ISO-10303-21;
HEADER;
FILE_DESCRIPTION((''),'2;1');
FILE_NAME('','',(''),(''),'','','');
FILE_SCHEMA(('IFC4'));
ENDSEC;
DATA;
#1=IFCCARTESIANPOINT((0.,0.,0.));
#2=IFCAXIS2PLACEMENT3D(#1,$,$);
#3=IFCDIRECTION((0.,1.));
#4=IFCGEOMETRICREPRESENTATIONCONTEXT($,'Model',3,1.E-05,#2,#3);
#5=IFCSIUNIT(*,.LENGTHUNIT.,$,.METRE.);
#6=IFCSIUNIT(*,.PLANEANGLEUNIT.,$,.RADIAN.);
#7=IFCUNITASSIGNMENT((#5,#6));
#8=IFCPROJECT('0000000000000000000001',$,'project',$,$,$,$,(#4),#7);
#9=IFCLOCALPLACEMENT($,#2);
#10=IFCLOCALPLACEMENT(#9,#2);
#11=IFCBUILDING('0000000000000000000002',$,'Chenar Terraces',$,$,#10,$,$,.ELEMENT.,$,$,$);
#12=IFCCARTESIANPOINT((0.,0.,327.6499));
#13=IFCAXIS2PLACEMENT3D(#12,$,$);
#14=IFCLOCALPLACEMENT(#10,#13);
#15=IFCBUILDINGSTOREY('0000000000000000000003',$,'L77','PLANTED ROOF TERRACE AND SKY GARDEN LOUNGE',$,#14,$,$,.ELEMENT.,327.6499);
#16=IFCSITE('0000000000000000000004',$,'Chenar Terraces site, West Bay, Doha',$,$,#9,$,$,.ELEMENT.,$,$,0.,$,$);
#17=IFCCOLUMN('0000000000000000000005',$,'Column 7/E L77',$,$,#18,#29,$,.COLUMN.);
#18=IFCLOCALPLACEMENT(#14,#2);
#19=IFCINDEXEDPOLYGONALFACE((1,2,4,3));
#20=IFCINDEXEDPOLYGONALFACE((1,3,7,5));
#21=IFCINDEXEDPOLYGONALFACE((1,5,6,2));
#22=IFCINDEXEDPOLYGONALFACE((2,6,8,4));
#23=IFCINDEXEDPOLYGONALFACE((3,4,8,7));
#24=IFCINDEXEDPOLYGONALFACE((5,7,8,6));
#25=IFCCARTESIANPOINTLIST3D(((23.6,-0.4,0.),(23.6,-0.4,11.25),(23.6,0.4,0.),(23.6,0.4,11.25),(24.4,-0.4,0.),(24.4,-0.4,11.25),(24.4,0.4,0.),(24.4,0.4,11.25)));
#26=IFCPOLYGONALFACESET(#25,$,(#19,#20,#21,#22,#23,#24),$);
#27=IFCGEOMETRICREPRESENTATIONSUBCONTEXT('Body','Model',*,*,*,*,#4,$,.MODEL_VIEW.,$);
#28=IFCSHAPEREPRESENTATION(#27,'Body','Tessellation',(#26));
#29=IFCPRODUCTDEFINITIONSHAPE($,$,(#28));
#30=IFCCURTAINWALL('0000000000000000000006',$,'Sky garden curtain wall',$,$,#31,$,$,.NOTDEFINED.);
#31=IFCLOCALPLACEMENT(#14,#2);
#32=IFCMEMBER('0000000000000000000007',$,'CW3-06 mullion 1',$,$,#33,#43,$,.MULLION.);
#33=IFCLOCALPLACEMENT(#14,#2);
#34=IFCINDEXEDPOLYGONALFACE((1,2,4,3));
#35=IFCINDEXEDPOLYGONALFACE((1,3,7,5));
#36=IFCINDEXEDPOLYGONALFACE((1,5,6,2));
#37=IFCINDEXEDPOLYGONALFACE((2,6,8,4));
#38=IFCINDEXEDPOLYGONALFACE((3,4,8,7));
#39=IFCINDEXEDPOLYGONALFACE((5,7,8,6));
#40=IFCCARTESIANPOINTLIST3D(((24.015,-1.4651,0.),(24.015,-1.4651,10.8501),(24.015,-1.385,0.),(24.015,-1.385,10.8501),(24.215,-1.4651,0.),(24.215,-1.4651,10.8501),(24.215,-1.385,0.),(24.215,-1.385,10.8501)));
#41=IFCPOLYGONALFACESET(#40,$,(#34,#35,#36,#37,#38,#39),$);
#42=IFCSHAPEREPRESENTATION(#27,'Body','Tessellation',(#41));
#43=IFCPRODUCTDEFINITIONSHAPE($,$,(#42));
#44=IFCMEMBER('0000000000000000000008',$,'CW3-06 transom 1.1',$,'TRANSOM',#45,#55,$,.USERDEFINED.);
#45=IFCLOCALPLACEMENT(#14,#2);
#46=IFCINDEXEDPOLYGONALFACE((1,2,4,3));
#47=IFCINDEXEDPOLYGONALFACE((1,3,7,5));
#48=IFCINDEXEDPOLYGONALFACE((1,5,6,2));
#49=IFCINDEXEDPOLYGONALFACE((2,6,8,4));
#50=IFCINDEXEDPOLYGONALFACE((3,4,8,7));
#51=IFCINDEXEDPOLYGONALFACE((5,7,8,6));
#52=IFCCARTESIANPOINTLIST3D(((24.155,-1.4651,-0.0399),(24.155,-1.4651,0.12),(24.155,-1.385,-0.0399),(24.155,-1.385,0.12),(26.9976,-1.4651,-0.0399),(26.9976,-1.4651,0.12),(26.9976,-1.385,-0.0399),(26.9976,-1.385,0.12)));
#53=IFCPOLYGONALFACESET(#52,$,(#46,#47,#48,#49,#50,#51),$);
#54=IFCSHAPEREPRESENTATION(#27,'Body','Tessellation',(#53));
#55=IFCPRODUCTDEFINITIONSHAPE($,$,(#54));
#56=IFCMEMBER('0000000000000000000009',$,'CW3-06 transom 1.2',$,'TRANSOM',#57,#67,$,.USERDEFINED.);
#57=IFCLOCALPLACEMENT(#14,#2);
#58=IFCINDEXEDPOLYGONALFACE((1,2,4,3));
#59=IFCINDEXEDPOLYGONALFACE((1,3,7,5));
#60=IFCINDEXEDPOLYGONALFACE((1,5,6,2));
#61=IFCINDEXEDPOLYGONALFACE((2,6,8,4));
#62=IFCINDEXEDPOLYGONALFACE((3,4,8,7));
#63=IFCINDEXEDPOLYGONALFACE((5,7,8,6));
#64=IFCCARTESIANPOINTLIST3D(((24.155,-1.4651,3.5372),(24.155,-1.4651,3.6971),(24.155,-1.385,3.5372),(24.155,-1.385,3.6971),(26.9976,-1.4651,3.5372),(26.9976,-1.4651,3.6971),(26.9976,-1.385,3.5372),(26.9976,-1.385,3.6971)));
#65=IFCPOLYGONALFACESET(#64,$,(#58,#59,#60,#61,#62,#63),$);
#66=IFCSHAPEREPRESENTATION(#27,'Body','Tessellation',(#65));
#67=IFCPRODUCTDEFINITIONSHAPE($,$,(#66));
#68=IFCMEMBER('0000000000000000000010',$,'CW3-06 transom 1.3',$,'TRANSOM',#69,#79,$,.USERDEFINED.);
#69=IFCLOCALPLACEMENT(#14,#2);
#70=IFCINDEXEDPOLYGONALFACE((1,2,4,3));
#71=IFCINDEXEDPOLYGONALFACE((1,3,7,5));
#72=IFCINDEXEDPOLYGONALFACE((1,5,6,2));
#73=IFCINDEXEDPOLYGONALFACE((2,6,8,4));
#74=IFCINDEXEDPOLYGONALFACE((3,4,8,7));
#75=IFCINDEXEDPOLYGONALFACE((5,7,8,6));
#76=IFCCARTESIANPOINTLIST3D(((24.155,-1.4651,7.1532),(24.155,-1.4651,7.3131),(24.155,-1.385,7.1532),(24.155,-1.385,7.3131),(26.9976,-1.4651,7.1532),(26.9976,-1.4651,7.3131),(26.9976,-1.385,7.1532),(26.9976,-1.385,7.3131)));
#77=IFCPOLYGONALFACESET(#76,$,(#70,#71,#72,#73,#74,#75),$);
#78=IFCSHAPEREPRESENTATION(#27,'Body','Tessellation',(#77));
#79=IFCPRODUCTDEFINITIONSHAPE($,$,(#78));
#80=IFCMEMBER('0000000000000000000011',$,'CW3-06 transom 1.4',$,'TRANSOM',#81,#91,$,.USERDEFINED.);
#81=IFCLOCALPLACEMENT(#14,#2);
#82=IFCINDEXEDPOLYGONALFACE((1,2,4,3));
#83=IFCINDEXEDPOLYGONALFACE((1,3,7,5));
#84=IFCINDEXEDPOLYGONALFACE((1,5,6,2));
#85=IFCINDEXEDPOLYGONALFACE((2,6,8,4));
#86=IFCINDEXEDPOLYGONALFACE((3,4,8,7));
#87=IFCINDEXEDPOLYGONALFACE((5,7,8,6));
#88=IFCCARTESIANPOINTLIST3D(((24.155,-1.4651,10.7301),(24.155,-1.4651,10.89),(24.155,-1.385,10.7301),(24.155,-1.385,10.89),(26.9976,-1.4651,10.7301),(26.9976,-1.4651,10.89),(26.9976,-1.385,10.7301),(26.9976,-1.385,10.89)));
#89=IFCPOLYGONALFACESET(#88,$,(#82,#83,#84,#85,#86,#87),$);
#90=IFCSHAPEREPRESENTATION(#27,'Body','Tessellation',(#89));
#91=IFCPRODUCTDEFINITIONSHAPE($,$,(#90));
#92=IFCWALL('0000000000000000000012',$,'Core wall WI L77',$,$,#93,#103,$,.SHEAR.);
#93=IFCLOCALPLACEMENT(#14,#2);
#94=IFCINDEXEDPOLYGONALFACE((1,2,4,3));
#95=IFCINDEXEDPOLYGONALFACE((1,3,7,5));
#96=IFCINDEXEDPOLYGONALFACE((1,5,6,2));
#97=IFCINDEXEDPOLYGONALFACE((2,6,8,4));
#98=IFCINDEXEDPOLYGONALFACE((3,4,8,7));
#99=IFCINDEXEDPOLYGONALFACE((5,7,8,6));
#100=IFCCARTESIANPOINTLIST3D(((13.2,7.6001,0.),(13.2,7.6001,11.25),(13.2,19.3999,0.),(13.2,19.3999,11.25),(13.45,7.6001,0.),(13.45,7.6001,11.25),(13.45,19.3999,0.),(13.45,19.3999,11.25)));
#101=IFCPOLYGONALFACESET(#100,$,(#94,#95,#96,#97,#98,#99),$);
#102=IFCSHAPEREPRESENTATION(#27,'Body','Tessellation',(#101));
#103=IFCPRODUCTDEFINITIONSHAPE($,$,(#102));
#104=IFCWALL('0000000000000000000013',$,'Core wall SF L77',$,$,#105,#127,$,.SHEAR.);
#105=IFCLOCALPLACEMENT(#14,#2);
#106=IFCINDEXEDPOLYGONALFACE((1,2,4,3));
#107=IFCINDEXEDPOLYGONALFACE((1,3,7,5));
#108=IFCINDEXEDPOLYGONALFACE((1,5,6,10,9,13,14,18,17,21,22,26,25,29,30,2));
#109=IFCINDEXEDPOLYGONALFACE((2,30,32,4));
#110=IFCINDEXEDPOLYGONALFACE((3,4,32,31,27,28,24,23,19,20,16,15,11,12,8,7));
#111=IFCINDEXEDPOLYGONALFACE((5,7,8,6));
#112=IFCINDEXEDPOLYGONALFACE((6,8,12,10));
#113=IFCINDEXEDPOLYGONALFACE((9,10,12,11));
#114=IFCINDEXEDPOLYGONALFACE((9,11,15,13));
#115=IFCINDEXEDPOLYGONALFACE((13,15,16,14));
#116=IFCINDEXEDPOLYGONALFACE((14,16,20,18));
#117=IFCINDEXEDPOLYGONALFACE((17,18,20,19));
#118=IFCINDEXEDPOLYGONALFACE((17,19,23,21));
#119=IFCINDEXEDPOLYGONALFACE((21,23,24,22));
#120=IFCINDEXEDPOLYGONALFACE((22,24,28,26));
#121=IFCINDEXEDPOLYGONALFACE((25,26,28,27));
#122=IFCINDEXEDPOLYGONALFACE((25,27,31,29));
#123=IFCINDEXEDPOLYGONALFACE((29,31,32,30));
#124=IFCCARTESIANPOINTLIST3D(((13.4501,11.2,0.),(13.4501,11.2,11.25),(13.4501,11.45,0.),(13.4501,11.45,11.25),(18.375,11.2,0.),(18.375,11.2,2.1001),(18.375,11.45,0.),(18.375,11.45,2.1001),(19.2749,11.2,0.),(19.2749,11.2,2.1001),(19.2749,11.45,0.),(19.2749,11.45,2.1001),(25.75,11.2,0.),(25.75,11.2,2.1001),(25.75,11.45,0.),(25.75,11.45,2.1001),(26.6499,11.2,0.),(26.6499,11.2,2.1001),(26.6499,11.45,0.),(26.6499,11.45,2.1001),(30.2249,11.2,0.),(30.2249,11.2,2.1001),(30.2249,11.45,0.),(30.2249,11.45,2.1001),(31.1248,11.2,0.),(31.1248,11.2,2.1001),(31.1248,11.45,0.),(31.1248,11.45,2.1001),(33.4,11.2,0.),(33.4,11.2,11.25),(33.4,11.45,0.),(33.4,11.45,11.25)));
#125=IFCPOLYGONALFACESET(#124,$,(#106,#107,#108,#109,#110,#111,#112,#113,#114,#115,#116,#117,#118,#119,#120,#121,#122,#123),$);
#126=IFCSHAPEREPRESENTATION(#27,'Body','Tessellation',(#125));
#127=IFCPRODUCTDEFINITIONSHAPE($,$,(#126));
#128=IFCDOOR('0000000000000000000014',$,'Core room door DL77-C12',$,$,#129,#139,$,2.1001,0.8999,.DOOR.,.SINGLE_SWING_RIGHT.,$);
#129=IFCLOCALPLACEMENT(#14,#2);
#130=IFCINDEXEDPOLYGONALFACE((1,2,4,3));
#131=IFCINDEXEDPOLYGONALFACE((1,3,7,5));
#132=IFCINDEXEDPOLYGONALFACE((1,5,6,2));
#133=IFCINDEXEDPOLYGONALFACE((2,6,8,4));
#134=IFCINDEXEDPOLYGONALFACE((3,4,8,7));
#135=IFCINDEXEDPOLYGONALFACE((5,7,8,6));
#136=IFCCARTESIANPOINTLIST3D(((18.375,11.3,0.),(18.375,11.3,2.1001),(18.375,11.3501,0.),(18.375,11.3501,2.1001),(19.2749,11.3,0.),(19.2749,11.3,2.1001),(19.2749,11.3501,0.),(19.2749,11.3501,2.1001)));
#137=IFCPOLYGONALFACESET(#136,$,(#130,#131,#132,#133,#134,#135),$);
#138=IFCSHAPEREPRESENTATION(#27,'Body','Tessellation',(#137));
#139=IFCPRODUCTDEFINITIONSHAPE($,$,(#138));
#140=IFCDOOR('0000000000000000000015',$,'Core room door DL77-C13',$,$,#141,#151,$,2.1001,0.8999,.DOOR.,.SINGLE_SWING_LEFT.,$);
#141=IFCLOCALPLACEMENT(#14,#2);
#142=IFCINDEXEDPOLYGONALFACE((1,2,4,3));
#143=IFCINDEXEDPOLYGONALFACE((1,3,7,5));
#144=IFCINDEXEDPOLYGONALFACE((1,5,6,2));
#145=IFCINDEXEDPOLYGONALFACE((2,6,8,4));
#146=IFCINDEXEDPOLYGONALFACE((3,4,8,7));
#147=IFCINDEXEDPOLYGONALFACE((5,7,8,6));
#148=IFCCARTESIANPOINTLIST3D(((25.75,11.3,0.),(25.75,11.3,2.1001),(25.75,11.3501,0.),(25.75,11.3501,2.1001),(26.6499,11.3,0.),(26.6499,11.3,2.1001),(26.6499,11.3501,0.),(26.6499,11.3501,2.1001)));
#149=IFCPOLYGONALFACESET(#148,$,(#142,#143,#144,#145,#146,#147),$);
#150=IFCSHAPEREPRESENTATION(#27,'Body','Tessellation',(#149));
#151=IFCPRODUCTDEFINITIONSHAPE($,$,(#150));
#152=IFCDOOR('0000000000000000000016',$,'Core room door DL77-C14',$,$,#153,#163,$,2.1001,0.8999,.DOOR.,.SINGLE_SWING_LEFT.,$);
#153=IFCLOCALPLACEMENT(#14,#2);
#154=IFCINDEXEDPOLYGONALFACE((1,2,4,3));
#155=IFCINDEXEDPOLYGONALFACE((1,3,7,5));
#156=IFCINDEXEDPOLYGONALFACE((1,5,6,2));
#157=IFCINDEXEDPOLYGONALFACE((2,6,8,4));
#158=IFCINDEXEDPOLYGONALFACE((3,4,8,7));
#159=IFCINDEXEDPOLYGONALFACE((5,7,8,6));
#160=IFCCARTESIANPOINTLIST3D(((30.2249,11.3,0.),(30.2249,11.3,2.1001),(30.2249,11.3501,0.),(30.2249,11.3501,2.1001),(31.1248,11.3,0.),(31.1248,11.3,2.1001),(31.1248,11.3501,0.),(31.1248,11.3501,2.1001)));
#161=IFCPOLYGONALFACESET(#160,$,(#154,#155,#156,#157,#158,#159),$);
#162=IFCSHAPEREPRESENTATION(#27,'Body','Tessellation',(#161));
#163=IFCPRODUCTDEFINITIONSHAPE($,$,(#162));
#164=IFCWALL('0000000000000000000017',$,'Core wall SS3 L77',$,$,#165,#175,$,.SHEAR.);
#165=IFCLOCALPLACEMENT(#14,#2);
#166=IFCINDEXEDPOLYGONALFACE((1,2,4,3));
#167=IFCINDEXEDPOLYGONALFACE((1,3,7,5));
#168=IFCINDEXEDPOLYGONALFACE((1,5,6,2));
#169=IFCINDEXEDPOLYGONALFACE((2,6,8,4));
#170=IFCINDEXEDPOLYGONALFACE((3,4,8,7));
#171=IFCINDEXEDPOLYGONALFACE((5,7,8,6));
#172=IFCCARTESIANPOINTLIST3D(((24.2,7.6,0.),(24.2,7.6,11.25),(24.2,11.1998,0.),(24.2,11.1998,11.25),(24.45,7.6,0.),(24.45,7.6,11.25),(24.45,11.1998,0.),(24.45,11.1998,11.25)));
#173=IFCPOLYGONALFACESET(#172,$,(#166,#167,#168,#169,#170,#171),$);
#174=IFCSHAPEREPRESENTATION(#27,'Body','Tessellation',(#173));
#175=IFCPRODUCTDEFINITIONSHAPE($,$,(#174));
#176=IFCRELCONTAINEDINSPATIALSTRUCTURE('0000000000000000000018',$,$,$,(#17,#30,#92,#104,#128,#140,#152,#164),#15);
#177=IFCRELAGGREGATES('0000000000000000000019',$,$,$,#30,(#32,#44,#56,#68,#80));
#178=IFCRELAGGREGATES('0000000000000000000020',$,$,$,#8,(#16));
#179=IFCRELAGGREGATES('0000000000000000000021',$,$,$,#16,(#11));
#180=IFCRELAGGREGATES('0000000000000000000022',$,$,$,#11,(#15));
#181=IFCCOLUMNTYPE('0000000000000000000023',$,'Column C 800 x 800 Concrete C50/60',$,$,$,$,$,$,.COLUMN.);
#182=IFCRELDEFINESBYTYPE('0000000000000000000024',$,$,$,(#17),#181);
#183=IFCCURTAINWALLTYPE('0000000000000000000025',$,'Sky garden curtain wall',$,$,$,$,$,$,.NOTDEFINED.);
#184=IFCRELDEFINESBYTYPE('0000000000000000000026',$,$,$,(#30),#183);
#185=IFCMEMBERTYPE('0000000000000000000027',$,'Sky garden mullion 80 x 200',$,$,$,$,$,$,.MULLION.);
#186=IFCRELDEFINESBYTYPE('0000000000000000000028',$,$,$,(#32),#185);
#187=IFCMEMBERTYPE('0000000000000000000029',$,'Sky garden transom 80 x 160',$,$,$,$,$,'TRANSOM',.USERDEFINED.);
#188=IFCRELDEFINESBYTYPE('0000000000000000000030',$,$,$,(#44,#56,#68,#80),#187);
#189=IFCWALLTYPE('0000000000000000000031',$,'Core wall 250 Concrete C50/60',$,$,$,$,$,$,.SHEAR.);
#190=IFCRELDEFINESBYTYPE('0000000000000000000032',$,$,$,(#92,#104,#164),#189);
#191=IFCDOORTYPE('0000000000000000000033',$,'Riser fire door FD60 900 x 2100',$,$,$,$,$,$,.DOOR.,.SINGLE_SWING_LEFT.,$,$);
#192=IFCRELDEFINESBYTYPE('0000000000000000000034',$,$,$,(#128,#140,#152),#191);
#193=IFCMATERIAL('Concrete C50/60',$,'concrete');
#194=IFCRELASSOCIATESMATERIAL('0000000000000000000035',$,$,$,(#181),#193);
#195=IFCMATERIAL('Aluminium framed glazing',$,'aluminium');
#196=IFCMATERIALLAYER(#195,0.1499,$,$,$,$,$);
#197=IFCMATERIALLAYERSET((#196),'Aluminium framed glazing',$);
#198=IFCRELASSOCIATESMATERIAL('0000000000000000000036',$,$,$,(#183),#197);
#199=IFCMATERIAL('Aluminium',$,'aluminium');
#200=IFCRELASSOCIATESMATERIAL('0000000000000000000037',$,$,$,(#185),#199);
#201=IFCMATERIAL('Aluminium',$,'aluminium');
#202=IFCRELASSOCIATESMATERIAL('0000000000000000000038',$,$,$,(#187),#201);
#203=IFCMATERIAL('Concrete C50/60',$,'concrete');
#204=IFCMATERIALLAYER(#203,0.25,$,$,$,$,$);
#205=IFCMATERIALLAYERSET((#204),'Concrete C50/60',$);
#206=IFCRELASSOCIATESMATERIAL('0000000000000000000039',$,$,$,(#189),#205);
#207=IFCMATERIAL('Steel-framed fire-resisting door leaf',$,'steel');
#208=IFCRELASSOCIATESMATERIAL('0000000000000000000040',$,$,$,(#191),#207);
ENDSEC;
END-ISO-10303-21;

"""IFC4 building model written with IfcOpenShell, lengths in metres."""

from ifc_helpers import new_model, si_unit, direction, frame, frame_2d, origin, origin_2d, place, context, subcontext, project, spatial, rectangle, extrude, material, layer, layer_set, material_profile, profile_set, type_object, element, fill, aggregate, save


model = new_model("IFC4")

# Units and contexts
model_context = context("Model", 3, precision=1e-05, world=origin(), true_north=direction((0.0, 1.0)))
body_context = subcontext(model_context, "Body", "Model", "MODEL_VIEW")
ifc_project = project(units=[si_unit("LENGTHUNIT", "METRE"), si_unit("PLANEANGLEUNIT", "RADIAN")], contexts=[model_context])

# Site, building, storey
site_placement = place(None, origin())
site = spatial("IfcSite", under=ifc_project, at=site_placement, Name="Chenar Terraces site, West Bay, Doha", CompositionType="ELEMENT", RefElevation=0.0)
building_placement = place(site_placement, origin())
building = spatial("IfcBuilding", under=site, at=building_placement, Name="Chenar Terraces", CompositionType="ELEMENT")
storey_placement = place(building_placement, frame((0.0, 0.0, 327.6499)))
storey = spatial("IfcBuildingStorey", under=building, at=storey_placement, Name="L77", Description="PLANTED ROOF TERRACE AND SKY GARDEN LOUNGE", CompositionType="ELEMENT", Elevation=327.6499)

# Column
ifc_material_1 = material(Name="Concrete C50/60", Category="concrete")
ifc_material_profile_1 = material_profile(ifc_material_1, rectangle(XDim=0.8, YDim=0.8, at=origin_2d()), Name="C 800 x 800")
ifc_profile_set_1 = profile_set([ifc_material_profile_1], Name="Concrete C50/60")
column_type = type_object("IfcColumnType", Name="Column C 800 x 800 Concrete C50/60", PredefinedType="COLUMN", material=ifc_profile_set_1)
column_placement = place(storey_placement, frame((24.0, 0.0, 0.0), z_axis=(0.0, 0.0, 1.0), x_axis=(1.0, 0.0, 0.0)))
element("IfcColumn", 1, at=column_placement, inside=storey, type_object=column_type, Name="Column 7/E L77", PredefinedType="COLUMN", context=body_context, shape_type="SweptSolid", body=[
    extrude(rectangle(XDim=0.8, YDim=0.8, at=origin_2d()), origin(), (0.0, 0.0, 1.0), 11.25),
])

# Curtain wall, members
ifc_material_2 = material(Name="Aluminium framed glazing", Category="aluminium")
ifc_layer_1 = layer(ifc_material_2, 0.1499)
ifc_layer_set_1 = layer_set([ifc_layer_1], Name="Aluminium framed glazing")
curtain_wall_type = type_object("IfcCurtainWallType", Name="Sky garden curtain wall", PredefinedType="NOTDEFINED", material=ifc_layer_set_1)
curtain_wall_placement = place(storey_placement, origin())
curtain_wall = element("IfcCurtainWall", 2, at=curtain_wall_placement, inside=storey, type_object=curtain_wall_type, Name="Sky garden curtain wall", PredefinedType="NOTDEFINED")
ifc_material_3 = material(Name="Aluminium", Category="aluminium")
ifc_material_profile_2 = material_profile(ifc_material_3, rectangle(XDim=0.0801, YDim=0.2, at=origin_2d()), Name="Sky garden mullion 80 x 200")
ifc_profile_set_2 = profile_set([ifc_material_profile_2], Name="Aluminium")
member_type_1 = type_object("IfcMemberType", Name="Sky garden mullion 80 x 200", PredefinedType="MULLION", material=ifc_profile_set_2)
member_1_placement = place(storey_placement, frame((24.115, -1.425, 0.0), z_axis=(0.0, 0.0, 1.0), x_axis=(0.0, 1.0, 0.0)))
member_1 = element("IfcMember", 3, at=member_1_placement, type_object=member_type_1, Name="CW3-06 mullion 1", PredefinedType="MULLION", context=body_context, shape_type="SweptSolid", body=[
    extrude(rectangle(XDim=0.0801, YDim=0.2, at=origin_2d()), origin(), (0.0, 0.0, 1.0), 10.8501),
])
ifc_material_4 = material(Name="Aluminium", Category="aluminium")
ifc_material_profile_3 = material_profile(ifc_material_4, rectangle(XDim=0.0801, YDim=0.1599, at=origin_2d()), Name="Sky garden transom 80 x 160")
ifc_profile_set_3 = profile_set([ifc_material_profile_3], Name="Aluminium")
member_type_2 = type_object("IfcMemberType", Name="Sky garden transom 80 x 160", ElementType="TRANSOM", PredefinedType="USERDEFINED", material=ifc_profile_set_3)
member_2_placement = place(storey_placement, frame((24.155, -1.425, 0.04), z_axis=(1.0, 0.0, 0.0), x_axis=(0.0, 1.0, 0.0)))
member_2 = element("IfcMember", 4, at=member_2_placement, type_object=member_type_2, Name="CW3-06 transom 1.1", ObjectType="TRANSOM", PredefinedType="USERDEFINED", context=body_context, shape_type="SweptSolid", body=[
    extrude(rectangle(XDim=0.0801, YDim=0.1599, at=origin_2d()), origin(), (0.0, 0.0, 1.0), 2.8425),
])
member_3_placement = place(storey_placement, frame((24.155, -1.425, 3.6172), z_axis=(1.0, 0.0, 0.0), x_axis=(0.0, 1.0, 0.0)))
member_3 = element("IfcMember", 5, at=member_3_placement, type_object=member_type_2, Name="CW3-06 transom 1.2", ObjectType="TRANSOM", PredefinedType="USERDEFINED", context=body_context, shape_type="SweptSolid", body=[
    extrude(rectangle(XDim=0.0801, YDim=0.1599, at=origin_2d()), origin(), (0.0, 0.0, 1.0), 2.8425),
])
member_4_placement = place(storey_placement, frame((24.155, -1.425, 7.2332), z_axis=(1.0, 0.0, 0.0), x_axis=(0.0, 1.0, 0.0)))
member_4 = element("IfcMember", 6, at=member_4_placement, type_object=member_type_2, Name="CW3-06 transom 1.3", ObjectType="TRANSOM", PredefinedType="USERDEFINED", context=body_context, shape_type="SweptSolid", body=[
    extrude(rectangle(XDim=0.0801, YDim=0.1599, at=origin_2d()), origin(), (0.0, 0.0, 1.0), 2.8425),
])
member_5_placement = place(storey_placement, frame((24.155, -1.425, 10.8101), z_axis=(1.0, 0.0, 0.0), x_axis=(0.0, 1.0, 0.0)))
member_5 = element("IfcMember", 7, at=member_5_placement, type_object=member_type_2, Name="CW3-06 transom 1.4", ObjectType="TRANSOM", PredefinedType="USERDEFINED", context=body_context, shape_type="SweptSolid", body=[
    extrude(rectangle(XDim=0.0801, YDim=0.1599, at=origin_2d()), origin(), (0.0, 0.0, 1.0), 2.8425),
])
aggregate(curtain_wall, [member_1, member_2, member_3, member_4, member_5])

# Wall
ifc_material_5 = material(Name="Concrete C50/60", Category="concrete")
ifc_layer_2 = layer(ifc_material_5, 0.25)
ifc_layer_set_2 = layer_set([ifc_layer_2], Name="Concrete C50/60")
wall_type_1 = type_object("IfcWallType", Name="Core wall 250 Concrete C50/60", PredefinedType="SHEAR", material=ifc_layer_set_2)
wall_1_placement = place(storey_placement, frame((13.325, 7.6001, 0.0), z_axis=(0.0, 0.0, 1.0), x_axis=(0.0, 1.0, 0.0)))
element("IfcWall", 8, at=wall_1_placement, inside=storey, type_object=wall_type_1, Name="Core wall WI L77", PredefinedType="SHEAR", context=body_context, shape_type="SweptSolid", body=[
    extrude(rectangle(XDim=11.7998, YDim=0.25, at=frame_2d((5.8999, 0.0))), origin(), (0.0, 0.0, 1.0), 11.25),
])

# Wall, openings, doors
wall_2_placement = place(storey_placement, frame((13.45, 11.325, 0.0), z_axis=(0.0, 0.0, 1.0), x_axis=(1.0, 0.0, 0.0)))
wall_2 = element("IfcWall", 9, at=wall_2_placement, inside=storey, type_object=wall_type_1, Name="Core wall SF L77", PredefinedType="SHEAR", context=body_context, shape_type="SweptSolid", body=[
    extrude(rectangle(XDim=19.95, YDim=0.25, at=frame_2d((9.9751, 0.0))), origin(), (0.0, 0.0, 1.0), 11.25),
])
opening_1_placement = place(wall_2_placement, frame((4.925, 0.0, 0.0)))
opening_1 = element("IfcOpeningElement", 10, at=opening_1_placement, cuts=wall_2, PredefinedType="OPENING", context=body_context, shape_type="SweptSolid", body=[
    extrude(rectangle(XDim=0.8999, YDim=2.1001, at=frame_2d((0.45, 1.05))), frame((0.0, 0.135, 0.0), z_axis=(0.0, -1.0, 0.0), x_axis=(1.0, 0.0, 0.0)), (0.0, 0.0, 1.0), 0.27),
])
opening_2_placement = place(wall_2_placement, frame((12.3, 0.0, 0.0)))
opening_2 = element("IfcOpeningElement", 11, at=opening_2_placement, cuts=wall_2, PredefinedType="OPENING", context=body_context, shape_type="SweptSolid", body=[
    extrude(rectangle(XDim=0.8999, YDim=2.1001, at=frame_2d((0.45, 1.05))), frame((0.0, 0.135, 0.0), z_axis=(0.0, -1.0, 0.0), x_axis=(1.0, 0.0, 0.0)), (0.0, 0.0, 1.0), 0.27),
])
opening_3_placement = place(wall_2_placement, frame((16.7749, 0.0, 0.0)))
opening_3 = element("IfcOpeningElement", 12, at=opening_3_placement, cuts=wall_2, PredefinedType="OPENING", context=body_context, shape_type="SweptSolid", body=[
    extrude(rectangle(XDim=0.8999, YDim=2.1001, at=frame_2d((0.45, 1.05))), frame((0.0, 0.135, 0.0), z_axis=(0.0, -1.0, 0.0), x_axis=(1.0, 0.0, 0.0)), (0.0, 0.0, 1.0), 0.27),
])
ifc_material_6 = material(Name="Steel-framed fire-resisting door leaf", Category="steel")
door_type = type_object("IfcDoorType", Name="Riser fire door FD60 900 x 2100", OperationType="SINGLE_SWING_LEFT", PredefinedType="DOOR", material=ifc_material_6)
door_1_placement = place(opening_1_placement, frame((0.8999, 0.0, 0.0), z_axis=(0.0, 0.0, 1.0), x_axis=(-1.0, 0.0, 0.0)))
door_1 = element("IfcDoor", 13, at=door_1_placement, inside=storey, type_object=door_type, Name="Core room door DL77-C12", OperationType="SINGLE_SWING_RIGHT", OverallHeight=2.1001, OverallWidth=0.8999, PredefinedType="DOOR", context=body_context, shape_type="SweptSolid", body=[
    extrude(rectangle(XDim=0.8999, YDim=2.1001, at=frame_2d((0.45, 1.05))), frame((0.0, 0.0249, 0.0), z_axis=(0.0, -1.0, 0.0), x_axis=(1.0, 0.0, 0.0)), (0.0, 0.0, 1.0), 0.05),
])
fill(opening_1, door_1)
door_2_placement = place(opening_2_placement, frame((0.8999, 0.0, 0.0), z_axis=(0.0, 0.0, 1.0), x_axis=(-1.0, 0.0, 0.0)))
door_2 = element("IfcDoor", 14, at=door_2_placement, inside=storey, type_object=door_type, Name="Core room door DL77-C13", OperationType="SINGLE_SWING_LEFT", OverallHeight=2.1001, OverallWidth=0.8999, PredefinedType="DOOR", context=body_context, shape_type="SweptSolid", body=[
    extrude(rectangle(XDim=0.8999, YDim=2.1001, at=frame_2d((0.45, 1.05))), frame((0.0, 0.0249, 0.0), z_axis=(0.0, -1.0, 0.0), x_axis=(1.0, 0.0, 0.0)), (0.0, 0.0, 1.0), 0.05),
])
fill(opening_2, door_2)
door_3_placement = place(opening_3_placement, frame((0.8999, 0.0, 0.0), z_axis=(0.0, 0.0, 1.0), x_axis=(-1.0, 0.0, 0.0)))
door_3 = element("IfcDoor", 15, at=door_3_placement, inside=storey, type_object=door_type, Name="Core room door DL77-C14", OperationType="SINGLE_SWING_LEFT", OverallHeight=2.1001, OverallWidth=0.8999, PredefinedType="DOOR", context=body_context, shape_type="SweptSolid", body=[
    extrude(rectangle(XDim=0.8999, YDim=2.1001, at=frame_2d((0.45, 1.05))), frame((0.0, 0.0249, 0.0), z_axis=(0.0, -1.0, 0.0), x_axis=(1.0, 0.0, 0.0)), (0.0, 0.0, 1.0), 0.05),
])
fill(opening_3, door_3)

# Wall
wall_3_placement = place(storey_placement, frame((24.325, 7.6001, 0.0), z_axis=(0.0, 0.0, 1.0), x_axis=(0.0, 1.0, 0.0)))
element("IfcWall", 16, at=wall_3_placement, inside=storey, type_object=wall_type_1, Name="Core wall SS3 L77", PredefinedType="SHEAR", context=body_context, shape_type="SweptSolid", body=[
    extrude(rectangle(XDim=3.5999, YDim=0.25, at=frame_2d((1.7998, 0.0))), origin(), (0.0, 0.0, 1.0), 11.25),
])

save(model, "model.ifc")
